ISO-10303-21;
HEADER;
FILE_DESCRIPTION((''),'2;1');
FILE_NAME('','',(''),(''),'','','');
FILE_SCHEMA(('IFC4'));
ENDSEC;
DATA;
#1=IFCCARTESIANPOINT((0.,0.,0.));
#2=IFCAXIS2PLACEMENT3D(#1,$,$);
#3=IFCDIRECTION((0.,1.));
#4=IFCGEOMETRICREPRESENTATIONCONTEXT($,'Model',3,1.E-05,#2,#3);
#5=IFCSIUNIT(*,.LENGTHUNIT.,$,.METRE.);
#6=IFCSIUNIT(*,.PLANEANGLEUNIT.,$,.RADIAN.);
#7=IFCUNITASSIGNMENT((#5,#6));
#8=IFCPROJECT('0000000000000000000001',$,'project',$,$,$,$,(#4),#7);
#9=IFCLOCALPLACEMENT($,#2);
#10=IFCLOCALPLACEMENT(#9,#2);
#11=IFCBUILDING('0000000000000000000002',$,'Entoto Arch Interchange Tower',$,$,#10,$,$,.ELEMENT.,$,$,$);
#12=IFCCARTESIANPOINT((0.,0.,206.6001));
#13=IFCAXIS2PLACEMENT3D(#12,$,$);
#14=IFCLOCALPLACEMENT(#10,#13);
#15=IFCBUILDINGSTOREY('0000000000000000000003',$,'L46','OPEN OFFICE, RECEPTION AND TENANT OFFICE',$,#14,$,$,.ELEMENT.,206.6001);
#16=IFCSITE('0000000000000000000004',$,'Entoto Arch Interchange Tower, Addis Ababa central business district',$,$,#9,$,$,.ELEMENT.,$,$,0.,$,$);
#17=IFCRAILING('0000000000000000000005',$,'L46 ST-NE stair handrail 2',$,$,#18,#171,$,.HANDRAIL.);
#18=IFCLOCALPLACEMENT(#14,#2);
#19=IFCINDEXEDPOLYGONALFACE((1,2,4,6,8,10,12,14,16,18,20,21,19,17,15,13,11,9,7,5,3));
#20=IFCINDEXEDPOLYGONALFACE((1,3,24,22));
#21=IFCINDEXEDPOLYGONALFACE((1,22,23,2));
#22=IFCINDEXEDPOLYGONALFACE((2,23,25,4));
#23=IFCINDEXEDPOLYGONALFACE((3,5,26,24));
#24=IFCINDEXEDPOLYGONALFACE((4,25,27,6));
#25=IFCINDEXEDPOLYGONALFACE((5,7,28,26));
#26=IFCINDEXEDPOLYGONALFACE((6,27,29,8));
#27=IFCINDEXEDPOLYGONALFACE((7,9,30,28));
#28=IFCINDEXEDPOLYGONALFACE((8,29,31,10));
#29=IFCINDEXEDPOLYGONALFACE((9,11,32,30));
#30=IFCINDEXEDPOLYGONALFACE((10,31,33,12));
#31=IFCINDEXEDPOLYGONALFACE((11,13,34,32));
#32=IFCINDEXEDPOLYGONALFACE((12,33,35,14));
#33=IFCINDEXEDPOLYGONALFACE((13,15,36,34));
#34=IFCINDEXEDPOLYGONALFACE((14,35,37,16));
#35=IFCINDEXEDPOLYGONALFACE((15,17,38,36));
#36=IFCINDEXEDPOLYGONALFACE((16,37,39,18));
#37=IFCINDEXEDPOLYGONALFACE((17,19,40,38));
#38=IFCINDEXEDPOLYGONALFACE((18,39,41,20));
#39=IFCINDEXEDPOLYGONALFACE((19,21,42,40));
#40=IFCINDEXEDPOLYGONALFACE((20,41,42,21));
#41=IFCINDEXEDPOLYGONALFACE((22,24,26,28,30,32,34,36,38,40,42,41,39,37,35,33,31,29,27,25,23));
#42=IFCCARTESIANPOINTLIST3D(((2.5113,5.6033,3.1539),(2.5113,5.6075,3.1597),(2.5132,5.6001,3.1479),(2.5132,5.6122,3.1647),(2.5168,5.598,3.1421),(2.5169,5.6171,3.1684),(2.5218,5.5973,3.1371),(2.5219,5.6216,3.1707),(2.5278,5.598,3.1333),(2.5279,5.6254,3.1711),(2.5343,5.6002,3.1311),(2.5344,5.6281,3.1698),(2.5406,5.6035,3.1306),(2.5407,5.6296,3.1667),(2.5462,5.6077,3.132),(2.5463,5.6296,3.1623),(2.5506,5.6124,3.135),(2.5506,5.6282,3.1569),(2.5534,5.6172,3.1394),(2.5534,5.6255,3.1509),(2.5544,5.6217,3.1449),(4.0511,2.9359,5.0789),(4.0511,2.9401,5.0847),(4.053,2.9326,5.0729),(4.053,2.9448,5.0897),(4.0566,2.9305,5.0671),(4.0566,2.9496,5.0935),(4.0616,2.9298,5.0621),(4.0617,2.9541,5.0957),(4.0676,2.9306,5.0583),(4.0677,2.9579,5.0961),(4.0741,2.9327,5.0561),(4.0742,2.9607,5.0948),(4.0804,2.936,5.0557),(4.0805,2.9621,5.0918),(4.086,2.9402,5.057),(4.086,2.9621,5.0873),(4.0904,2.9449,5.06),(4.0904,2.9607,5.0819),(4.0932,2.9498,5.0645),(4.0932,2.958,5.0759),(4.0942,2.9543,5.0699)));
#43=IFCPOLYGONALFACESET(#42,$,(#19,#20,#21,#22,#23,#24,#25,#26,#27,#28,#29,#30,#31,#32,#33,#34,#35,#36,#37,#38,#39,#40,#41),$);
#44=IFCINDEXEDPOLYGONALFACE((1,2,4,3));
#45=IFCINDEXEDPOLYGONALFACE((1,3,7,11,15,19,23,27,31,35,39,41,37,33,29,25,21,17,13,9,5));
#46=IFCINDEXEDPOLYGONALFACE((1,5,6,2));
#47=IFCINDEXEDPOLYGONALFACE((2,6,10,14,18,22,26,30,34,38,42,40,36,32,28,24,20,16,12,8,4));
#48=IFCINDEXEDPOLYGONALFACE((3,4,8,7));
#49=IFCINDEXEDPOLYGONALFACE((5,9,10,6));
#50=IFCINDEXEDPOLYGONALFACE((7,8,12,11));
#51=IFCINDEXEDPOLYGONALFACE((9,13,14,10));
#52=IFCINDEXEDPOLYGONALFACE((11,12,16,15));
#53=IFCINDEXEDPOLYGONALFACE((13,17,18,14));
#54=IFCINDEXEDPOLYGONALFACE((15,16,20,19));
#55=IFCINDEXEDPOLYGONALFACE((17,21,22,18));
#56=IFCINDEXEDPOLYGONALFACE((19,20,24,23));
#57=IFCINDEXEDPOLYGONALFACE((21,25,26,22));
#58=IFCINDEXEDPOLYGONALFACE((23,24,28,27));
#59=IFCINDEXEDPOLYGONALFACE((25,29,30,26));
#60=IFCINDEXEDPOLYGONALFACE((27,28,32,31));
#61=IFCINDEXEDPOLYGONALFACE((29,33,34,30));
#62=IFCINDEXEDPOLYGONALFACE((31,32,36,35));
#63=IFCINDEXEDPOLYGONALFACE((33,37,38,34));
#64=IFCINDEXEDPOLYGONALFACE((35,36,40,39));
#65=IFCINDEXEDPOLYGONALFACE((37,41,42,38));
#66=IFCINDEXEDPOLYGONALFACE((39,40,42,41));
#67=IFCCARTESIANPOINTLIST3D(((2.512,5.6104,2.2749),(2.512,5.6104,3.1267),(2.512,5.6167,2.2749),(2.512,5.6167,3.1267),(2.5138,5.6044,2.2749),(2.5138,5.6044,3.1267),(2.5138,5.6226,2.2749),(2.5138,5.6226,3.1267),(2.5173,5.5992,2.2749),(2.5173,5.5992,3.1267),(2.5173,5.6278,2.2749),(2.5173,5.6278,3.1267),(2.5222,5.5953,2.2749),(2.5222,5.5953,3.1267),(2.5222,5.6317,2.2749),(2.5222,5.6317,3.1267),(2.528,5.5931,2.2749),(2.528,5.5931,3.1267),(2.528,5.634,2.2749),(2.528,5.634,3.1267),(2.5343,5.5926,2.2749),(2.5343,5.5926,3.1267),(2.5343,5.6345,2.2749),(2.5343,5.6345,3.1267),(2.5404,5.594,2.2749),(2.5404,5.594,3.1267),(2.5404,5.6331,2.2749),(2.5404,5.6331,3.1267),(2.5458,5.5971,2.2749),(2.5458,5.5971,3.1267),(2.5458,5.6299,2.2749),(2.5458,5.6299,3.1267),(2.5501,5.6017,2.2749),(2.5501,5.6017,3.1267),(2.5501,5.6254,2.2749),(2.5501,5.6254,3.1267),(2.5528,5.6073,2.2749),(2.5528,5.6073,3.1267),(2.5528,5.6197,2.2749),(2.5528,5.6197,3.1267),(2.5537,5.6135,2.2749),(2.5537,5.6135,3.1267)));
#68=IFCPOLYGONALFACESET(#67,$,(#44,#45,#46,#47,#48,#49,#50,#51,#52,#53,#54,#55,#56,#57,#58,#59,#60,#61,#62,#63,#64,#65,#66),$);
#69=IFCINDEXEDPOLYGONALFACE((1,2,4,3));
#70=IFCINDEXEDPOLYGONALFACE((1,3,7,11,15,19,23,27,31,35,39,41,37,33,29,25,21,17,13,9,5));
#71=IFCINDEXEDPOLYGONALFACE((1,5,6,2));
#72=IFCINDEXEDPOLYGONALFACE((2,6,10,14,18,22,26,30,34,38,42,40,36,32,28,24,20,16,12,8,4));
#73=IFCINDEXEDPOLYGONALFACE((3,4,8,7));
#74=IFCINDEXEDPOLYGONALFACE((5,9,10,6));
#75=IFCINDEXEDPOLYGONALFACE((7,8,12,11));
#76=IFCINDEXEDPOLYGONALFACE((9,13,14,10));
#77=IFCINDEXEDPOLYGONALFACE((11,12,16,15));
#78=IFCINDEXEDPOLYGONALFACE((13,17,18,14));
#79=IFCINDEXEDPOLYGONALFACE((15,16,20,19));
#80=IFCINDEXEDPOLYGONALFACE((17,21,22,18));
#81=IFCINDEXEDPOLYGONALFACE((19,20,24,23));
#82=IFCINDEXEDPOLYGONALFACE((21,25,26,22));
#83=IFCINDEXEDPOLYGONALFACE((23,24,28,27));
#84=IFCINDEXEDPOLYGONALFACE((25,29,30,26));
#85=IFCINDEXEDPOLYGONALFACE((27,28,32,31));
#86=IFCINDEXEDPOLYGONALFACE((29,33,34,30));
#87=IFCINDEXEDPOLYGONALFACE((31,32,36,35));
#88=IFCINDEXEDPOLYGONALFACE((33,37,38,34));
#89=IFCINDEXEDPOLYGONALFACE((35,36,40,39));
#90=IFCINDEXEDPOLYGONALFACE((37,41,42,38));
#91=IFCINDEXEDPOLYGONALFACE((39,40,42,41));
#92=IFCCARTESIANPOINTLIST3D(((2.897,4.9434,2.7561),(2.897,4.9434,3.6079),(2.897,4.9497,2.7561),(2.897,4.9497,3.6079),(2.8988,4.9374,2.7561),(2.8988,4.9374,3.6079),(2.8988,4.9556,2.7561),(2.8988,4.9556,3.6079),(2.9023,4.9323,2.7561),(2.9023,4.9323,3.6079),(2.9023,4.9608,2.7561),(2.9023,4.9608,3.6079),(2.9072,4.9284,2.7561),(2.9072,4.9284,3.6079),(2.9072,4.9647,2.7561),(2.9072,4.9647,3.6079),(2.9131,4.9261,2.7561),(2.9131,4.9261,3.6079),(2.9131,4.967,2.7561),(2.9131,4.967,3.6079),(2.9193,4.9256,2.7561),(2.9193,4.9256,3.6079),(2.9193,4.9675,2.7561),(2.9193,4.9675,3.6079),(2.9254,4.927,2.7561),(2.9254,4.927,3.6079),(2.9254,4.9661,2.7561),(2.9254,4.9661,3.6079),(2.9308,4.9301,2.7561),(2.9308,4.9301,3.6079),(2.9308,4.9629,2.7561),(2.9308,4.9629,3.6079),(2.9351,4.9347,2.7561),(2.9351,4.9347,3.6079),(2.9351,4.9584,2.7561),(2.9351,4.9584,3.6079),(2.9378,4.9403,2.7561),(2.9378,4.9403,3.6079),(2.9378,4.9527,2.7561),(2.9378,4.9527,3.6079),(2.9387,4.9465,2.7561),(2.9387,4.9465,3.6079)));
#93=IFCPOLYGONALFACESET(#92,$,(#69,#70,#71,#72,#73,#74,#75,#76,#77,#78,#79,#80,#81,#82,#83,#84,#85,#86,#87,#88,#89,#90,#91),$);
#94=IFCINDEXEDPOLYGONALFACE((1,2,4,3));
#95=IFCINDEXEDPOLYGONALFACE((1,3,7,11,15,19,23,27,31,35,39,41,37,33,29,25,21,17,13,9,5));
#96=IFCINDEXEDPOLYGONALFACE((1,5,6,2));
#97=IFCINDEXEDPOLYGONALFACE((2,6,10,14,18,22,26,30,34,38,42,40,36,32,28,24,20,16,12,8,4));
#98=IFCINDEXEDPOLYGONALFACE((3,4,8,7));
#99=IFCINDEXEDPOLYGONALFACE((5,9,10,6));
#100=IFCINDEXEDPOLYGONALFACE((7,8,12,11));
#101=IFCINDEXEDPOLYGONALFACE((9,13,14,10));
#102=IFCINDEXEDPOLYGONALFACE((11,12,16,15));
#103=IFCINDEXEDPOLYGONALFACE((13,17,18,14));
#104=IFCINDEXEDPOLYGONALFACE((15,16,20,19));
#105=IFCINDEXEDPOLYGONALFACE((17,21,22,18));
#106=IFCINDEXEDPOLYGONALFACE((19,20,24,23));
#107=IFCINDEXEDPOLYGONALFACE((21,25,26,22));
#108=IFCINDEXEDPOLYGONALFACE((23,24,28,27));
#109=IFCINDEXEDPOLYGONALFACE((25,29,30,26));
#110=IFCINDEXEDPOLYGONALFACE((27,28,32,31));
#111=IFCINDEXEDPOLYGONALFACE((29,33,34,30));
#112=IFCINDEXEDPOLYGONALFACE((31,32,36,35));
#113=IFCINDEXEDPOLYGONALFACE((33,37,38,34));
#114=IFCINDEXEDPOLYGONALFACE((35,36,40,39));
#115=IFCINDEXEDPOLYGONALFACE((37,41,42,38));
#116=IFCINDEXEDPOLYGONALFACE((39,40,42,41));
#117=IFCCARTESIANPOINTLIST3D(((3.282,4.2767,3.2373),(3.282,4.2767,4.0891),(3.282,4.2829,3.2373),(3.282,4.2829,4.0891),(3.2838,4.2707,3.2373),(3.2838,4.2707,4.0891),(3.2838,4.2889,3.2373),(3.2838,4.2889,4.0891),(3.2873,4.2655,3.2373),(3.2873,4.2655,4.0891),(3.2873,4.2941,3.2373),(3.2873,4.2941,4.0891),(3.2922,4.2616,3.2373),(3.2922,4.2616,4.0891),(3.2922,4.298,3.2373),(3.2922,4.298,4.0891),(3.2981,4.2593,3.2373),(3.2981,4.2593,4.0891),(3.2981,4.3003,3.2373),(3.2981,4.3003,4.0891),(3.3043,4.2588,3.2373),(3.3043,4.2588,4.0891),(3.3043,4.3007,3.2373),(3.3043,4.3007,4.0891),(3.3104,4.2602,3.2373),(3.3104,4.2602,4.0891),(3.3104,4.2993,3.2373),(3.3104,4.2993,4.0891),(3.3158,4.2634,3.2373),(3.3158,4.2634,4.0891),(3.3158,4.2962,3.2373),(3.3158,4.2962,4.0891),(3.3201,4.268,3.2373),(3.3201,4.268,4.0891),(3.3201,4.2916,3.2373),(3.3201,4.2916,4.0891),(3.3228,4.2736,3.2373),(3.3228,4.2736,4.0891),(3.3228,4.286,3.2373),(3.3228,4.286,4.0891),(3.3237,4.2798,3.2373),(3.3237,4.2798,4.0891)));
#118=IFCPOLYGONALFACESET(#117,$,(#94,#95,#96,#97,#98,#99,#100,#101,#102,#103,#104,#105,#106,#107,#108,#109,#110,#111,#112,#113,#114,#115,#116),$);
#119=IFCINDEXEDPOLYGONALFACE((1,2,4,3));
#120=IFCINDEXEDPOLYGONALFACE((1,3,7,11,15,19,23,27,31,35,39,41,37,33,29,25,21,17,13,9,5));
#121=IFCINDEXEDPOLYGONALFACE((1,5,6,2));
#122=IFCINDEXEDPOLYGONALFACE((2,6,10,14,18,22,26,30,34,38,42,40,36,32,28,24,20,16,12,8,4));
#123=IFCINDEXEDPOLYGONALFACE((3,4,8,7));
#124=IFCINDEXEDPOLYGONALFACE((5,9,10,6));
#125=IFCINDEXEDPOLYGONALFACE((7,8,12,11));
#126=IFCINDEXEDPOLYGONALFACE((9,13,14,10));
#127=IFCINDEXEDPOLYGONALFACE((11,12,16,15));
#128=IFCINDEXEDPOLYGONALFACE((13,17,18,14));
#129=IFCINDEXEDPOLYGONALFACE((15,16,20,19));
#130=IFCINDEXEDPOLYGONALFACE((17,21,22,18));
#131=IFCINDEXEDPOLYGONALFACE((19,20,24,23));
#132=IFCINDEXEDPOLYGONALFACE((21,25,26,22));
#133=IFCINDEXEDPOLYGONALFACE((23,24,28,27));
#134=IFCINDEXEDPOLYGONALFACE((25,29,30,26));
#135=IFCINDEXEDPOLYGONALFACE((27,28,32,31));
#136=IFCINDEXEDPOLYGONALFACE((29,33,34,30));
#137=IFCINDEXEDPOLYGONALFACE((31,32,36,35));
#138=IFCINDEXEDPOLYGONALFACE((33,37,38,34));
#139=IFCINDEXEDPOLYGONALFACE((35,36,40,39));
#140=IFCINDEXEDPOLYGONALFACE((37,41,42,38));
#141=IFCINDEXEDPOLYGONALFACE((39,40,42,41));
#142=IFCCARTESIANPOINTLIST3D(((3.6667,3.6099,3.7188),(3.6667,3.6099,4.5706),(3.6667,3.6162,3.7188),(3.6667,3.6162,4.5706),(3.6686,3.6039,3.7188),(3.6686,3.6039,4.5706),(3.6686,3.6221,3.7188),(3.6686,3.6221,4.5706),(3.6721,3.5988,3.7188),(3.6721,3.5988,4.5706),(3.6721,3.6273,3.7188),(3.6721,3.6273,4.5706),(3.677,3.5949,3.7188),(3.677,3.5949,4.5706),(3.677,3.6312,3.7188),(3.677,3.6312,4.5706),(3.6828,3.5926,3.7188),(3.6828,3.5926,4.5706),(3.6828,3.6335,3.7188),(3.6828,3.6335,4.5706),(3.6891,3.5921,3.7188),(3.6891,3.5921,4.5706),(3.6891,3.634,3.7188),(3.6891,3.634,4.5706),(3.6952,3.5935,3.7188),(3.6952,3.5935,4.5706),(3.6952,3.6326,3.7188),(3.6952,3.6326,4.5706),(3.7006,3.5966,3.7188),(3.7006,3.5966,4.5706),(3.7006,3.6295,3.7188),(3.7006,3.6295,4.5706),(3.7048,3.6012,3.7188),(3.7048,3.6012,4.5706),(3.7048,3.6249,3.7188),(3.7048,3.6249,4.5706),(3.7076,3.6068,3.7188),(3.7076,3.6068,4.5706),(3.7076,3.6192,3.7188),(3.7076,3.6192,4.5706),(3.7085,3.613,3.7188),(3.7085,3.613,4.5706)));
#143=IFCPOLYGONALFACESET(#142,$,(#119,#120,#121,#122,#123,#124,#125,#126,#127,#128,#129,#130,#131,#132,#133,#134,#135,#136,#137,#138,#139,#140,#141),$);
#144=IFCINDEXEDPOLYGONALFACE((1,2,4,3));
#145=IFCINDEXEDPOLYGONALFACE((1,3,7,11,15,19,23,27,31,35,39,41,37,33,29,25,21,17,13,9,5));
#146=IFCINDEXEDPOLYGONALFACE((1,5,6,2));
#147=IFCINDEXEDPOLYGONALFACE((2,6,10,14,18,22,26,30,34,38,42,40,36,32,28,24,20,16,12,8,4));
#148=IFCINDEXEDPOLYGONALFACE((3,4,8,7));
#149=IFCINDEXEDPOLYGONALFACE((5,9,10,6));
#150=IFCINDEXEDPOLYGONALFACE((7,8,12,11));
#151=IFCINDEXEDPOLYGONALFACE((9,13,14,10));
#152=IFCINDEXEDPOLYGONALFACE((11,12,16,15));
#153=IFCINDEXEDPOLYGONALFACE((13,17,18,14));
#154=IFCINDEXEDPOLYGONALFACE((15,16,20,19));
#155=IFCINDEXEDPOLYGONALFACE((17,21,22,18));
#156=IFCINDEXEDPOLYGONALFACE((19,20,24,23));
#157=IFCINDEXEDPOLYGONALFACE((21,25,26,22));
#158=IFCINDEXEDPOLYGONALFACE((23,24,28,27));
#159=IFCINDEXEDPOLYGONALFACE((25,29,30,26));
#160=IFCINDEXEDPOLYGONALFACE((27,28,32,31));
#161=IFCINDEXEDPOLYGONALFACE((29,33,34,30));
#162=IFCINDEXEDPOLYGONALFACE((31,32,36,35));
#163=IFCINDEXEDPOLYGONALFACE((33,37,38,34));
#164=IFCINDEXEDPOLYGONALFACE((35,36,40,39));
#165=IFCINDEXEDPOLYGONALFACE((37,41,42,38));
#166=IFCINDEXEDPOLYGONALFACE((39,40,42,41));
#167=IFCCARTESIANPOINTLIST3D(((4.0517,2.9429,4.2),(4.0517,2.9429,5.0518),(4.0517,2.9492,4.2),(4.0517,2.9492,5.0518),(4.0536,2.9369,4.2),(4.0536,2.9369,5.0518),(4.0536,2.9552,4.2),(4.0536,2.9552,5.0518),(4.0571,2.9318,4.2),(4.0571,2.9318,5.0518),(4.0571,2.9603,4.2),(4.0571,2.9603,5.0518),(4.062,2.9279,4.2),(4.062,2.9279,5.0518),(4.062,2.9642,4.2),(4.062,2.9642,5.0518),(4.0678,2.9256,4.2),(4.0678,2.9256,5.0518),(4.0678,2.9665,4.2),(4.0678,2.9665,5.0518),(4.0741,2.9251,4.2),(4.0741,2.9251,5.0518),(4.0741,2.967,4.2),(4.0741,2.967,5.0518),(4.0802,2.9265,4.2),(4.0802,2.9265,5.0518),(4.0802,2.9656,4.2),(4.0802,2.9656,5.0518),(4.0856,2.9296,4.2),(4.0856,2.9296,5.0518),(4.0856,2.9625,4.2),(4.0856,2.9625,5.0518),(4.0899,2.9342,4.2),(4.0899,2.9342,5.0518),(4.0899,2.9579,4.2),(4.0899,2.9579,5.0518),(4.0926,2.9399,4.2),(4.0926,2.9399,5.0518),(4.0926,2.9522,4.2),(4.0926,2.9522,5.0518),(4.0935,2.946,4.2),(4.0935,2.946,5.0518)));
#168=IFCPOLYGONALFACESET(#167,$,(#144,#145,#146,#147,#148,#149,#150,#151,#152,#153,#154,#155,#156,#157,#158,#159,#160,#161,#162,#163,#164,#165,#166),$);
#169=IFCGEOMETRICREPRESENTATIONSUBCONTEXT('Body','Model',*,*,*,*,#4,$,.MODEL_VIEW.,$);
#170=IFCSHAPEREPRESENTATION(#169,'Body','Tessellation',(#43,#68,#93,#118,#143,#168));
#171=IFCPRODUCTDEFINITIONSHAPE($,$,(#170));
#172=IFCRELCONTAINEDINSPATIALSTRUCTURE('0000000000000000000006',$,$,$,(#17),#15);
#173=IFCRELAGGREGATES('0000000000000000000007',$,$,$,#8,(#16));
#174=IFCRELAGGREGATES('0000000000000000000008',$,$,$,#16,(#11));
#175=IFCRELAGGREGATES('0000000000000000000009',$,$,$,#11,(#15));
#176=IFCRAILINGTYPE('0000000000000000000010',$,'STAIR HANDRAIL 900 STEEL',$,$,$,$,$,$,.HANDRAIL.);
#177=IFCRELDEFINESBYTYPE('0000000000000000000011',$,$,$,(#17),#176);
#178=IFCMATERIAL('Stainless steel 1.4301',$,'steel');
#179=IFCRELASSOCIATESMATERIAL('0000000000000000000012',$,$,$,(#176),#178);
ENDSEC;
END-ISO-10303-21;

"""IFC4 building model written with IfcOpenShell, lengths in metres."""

from ifc_helpers import new_model, si_unit, direction, frame, origin, origin_2d, place, context, subcontext, project, spatial, circle, extrude, material, type_object, element, save


model = new_model("IFC4")

# Units and contexts
model_context = context("Model", 3, precision=1e-05, world=origin(), true_north=direction((0.0, 1.0)))
body_context = subcontext(model_context, "Body", "Model", "MODEL_VIEW")
ifc_project = project(units=[si_unit("LENGTHUNIT", "METRE"), si_unit("PLANEANGLEUNIT", "RADIAN")], contexts=[model_context])

# Site, building, storey
site_placement = place(None, origin())
site = spatial("IfcSite", under=ifc_project, at=site_placement, Name="Entoto Arch Interchange Tower, Addis Ababa central business district", CompositionType="ELEMENT", RefElevation=0.0)
building_placement = place(site_placement, origin())
building = spatial("IfcBuilding", under=site, at=building_placement, Name="Entoto Arch Interchange Tower", CompositionType="ELEMENT")
storey_placement = place(building_placement, frame((0.0, 0.0, 206.6001)))
storey = spatial("IfcBuildingStorey", under=building, at=storey_placement, Name="L46", Description="OPEN OFFICE, RECEPTION AND TENANT OFFICE", CompositionType="ELEMENT", Elevation=206.6001)

# Railing
ifc_material_1 = material(Name="Stainless steel 1.4301", Category="steel")
railing_type = type_object("IfcRailingType", Name="STAIR HANDRAIL 900 STEEL", PredefinedType="HANDRAIL", material=ifc_material_1)
railing_placement = place(storey_placement, frame((2.5327, 5.6135, 2.2749)))
element("IfcRailing", 1, at=railing_placement, inside=storey, type_object=railing_type, Name="L46 ST-NE stair handrail 2", PredefinedType="HANDRAIL", context=body_context, shape_type="SweptSolid", body=[
    extrude(circle(Radius=0.0239, at=origin_2d()), frame((0.0, 0.0, 0.876), z_axis=(0.423939, -0.734416, 0.530008), x_axis=(0.866064, 0.499933, 0.0)), (0.0, 0.0, 1.0), 3.6321),
    extrude(circle(Radius=0.021, at=origin_2d()), origin(), (0.0, 0.0, 1.0), 0.8518),
    extrude(circle(Radius=0.021, at=origin_2d()), frame((0.385, -0.667, 0.4812)), (0.0, 0.0, 1.0), 0.8518),
    extrude(circle(Radius=0.021, at=origin_2d()), frame((0.77, -1.3337, 0.9624)), (0.0, 0.0, 1.0), 0.8518),
    extrude(circle(Radius=0.021, at=origin_2d()), frame((1.1548, -2.0005, 1.4438)), (0.0, 0.0, 1.0), 0.8518),
    extrude(circle(Radius=0.021, at=origin_2d()), frame((1.5398, -2.6675, 1.925)), (0.0, 0.0, 1.0), 0.8518),
])

save(model, "model.ifc")
